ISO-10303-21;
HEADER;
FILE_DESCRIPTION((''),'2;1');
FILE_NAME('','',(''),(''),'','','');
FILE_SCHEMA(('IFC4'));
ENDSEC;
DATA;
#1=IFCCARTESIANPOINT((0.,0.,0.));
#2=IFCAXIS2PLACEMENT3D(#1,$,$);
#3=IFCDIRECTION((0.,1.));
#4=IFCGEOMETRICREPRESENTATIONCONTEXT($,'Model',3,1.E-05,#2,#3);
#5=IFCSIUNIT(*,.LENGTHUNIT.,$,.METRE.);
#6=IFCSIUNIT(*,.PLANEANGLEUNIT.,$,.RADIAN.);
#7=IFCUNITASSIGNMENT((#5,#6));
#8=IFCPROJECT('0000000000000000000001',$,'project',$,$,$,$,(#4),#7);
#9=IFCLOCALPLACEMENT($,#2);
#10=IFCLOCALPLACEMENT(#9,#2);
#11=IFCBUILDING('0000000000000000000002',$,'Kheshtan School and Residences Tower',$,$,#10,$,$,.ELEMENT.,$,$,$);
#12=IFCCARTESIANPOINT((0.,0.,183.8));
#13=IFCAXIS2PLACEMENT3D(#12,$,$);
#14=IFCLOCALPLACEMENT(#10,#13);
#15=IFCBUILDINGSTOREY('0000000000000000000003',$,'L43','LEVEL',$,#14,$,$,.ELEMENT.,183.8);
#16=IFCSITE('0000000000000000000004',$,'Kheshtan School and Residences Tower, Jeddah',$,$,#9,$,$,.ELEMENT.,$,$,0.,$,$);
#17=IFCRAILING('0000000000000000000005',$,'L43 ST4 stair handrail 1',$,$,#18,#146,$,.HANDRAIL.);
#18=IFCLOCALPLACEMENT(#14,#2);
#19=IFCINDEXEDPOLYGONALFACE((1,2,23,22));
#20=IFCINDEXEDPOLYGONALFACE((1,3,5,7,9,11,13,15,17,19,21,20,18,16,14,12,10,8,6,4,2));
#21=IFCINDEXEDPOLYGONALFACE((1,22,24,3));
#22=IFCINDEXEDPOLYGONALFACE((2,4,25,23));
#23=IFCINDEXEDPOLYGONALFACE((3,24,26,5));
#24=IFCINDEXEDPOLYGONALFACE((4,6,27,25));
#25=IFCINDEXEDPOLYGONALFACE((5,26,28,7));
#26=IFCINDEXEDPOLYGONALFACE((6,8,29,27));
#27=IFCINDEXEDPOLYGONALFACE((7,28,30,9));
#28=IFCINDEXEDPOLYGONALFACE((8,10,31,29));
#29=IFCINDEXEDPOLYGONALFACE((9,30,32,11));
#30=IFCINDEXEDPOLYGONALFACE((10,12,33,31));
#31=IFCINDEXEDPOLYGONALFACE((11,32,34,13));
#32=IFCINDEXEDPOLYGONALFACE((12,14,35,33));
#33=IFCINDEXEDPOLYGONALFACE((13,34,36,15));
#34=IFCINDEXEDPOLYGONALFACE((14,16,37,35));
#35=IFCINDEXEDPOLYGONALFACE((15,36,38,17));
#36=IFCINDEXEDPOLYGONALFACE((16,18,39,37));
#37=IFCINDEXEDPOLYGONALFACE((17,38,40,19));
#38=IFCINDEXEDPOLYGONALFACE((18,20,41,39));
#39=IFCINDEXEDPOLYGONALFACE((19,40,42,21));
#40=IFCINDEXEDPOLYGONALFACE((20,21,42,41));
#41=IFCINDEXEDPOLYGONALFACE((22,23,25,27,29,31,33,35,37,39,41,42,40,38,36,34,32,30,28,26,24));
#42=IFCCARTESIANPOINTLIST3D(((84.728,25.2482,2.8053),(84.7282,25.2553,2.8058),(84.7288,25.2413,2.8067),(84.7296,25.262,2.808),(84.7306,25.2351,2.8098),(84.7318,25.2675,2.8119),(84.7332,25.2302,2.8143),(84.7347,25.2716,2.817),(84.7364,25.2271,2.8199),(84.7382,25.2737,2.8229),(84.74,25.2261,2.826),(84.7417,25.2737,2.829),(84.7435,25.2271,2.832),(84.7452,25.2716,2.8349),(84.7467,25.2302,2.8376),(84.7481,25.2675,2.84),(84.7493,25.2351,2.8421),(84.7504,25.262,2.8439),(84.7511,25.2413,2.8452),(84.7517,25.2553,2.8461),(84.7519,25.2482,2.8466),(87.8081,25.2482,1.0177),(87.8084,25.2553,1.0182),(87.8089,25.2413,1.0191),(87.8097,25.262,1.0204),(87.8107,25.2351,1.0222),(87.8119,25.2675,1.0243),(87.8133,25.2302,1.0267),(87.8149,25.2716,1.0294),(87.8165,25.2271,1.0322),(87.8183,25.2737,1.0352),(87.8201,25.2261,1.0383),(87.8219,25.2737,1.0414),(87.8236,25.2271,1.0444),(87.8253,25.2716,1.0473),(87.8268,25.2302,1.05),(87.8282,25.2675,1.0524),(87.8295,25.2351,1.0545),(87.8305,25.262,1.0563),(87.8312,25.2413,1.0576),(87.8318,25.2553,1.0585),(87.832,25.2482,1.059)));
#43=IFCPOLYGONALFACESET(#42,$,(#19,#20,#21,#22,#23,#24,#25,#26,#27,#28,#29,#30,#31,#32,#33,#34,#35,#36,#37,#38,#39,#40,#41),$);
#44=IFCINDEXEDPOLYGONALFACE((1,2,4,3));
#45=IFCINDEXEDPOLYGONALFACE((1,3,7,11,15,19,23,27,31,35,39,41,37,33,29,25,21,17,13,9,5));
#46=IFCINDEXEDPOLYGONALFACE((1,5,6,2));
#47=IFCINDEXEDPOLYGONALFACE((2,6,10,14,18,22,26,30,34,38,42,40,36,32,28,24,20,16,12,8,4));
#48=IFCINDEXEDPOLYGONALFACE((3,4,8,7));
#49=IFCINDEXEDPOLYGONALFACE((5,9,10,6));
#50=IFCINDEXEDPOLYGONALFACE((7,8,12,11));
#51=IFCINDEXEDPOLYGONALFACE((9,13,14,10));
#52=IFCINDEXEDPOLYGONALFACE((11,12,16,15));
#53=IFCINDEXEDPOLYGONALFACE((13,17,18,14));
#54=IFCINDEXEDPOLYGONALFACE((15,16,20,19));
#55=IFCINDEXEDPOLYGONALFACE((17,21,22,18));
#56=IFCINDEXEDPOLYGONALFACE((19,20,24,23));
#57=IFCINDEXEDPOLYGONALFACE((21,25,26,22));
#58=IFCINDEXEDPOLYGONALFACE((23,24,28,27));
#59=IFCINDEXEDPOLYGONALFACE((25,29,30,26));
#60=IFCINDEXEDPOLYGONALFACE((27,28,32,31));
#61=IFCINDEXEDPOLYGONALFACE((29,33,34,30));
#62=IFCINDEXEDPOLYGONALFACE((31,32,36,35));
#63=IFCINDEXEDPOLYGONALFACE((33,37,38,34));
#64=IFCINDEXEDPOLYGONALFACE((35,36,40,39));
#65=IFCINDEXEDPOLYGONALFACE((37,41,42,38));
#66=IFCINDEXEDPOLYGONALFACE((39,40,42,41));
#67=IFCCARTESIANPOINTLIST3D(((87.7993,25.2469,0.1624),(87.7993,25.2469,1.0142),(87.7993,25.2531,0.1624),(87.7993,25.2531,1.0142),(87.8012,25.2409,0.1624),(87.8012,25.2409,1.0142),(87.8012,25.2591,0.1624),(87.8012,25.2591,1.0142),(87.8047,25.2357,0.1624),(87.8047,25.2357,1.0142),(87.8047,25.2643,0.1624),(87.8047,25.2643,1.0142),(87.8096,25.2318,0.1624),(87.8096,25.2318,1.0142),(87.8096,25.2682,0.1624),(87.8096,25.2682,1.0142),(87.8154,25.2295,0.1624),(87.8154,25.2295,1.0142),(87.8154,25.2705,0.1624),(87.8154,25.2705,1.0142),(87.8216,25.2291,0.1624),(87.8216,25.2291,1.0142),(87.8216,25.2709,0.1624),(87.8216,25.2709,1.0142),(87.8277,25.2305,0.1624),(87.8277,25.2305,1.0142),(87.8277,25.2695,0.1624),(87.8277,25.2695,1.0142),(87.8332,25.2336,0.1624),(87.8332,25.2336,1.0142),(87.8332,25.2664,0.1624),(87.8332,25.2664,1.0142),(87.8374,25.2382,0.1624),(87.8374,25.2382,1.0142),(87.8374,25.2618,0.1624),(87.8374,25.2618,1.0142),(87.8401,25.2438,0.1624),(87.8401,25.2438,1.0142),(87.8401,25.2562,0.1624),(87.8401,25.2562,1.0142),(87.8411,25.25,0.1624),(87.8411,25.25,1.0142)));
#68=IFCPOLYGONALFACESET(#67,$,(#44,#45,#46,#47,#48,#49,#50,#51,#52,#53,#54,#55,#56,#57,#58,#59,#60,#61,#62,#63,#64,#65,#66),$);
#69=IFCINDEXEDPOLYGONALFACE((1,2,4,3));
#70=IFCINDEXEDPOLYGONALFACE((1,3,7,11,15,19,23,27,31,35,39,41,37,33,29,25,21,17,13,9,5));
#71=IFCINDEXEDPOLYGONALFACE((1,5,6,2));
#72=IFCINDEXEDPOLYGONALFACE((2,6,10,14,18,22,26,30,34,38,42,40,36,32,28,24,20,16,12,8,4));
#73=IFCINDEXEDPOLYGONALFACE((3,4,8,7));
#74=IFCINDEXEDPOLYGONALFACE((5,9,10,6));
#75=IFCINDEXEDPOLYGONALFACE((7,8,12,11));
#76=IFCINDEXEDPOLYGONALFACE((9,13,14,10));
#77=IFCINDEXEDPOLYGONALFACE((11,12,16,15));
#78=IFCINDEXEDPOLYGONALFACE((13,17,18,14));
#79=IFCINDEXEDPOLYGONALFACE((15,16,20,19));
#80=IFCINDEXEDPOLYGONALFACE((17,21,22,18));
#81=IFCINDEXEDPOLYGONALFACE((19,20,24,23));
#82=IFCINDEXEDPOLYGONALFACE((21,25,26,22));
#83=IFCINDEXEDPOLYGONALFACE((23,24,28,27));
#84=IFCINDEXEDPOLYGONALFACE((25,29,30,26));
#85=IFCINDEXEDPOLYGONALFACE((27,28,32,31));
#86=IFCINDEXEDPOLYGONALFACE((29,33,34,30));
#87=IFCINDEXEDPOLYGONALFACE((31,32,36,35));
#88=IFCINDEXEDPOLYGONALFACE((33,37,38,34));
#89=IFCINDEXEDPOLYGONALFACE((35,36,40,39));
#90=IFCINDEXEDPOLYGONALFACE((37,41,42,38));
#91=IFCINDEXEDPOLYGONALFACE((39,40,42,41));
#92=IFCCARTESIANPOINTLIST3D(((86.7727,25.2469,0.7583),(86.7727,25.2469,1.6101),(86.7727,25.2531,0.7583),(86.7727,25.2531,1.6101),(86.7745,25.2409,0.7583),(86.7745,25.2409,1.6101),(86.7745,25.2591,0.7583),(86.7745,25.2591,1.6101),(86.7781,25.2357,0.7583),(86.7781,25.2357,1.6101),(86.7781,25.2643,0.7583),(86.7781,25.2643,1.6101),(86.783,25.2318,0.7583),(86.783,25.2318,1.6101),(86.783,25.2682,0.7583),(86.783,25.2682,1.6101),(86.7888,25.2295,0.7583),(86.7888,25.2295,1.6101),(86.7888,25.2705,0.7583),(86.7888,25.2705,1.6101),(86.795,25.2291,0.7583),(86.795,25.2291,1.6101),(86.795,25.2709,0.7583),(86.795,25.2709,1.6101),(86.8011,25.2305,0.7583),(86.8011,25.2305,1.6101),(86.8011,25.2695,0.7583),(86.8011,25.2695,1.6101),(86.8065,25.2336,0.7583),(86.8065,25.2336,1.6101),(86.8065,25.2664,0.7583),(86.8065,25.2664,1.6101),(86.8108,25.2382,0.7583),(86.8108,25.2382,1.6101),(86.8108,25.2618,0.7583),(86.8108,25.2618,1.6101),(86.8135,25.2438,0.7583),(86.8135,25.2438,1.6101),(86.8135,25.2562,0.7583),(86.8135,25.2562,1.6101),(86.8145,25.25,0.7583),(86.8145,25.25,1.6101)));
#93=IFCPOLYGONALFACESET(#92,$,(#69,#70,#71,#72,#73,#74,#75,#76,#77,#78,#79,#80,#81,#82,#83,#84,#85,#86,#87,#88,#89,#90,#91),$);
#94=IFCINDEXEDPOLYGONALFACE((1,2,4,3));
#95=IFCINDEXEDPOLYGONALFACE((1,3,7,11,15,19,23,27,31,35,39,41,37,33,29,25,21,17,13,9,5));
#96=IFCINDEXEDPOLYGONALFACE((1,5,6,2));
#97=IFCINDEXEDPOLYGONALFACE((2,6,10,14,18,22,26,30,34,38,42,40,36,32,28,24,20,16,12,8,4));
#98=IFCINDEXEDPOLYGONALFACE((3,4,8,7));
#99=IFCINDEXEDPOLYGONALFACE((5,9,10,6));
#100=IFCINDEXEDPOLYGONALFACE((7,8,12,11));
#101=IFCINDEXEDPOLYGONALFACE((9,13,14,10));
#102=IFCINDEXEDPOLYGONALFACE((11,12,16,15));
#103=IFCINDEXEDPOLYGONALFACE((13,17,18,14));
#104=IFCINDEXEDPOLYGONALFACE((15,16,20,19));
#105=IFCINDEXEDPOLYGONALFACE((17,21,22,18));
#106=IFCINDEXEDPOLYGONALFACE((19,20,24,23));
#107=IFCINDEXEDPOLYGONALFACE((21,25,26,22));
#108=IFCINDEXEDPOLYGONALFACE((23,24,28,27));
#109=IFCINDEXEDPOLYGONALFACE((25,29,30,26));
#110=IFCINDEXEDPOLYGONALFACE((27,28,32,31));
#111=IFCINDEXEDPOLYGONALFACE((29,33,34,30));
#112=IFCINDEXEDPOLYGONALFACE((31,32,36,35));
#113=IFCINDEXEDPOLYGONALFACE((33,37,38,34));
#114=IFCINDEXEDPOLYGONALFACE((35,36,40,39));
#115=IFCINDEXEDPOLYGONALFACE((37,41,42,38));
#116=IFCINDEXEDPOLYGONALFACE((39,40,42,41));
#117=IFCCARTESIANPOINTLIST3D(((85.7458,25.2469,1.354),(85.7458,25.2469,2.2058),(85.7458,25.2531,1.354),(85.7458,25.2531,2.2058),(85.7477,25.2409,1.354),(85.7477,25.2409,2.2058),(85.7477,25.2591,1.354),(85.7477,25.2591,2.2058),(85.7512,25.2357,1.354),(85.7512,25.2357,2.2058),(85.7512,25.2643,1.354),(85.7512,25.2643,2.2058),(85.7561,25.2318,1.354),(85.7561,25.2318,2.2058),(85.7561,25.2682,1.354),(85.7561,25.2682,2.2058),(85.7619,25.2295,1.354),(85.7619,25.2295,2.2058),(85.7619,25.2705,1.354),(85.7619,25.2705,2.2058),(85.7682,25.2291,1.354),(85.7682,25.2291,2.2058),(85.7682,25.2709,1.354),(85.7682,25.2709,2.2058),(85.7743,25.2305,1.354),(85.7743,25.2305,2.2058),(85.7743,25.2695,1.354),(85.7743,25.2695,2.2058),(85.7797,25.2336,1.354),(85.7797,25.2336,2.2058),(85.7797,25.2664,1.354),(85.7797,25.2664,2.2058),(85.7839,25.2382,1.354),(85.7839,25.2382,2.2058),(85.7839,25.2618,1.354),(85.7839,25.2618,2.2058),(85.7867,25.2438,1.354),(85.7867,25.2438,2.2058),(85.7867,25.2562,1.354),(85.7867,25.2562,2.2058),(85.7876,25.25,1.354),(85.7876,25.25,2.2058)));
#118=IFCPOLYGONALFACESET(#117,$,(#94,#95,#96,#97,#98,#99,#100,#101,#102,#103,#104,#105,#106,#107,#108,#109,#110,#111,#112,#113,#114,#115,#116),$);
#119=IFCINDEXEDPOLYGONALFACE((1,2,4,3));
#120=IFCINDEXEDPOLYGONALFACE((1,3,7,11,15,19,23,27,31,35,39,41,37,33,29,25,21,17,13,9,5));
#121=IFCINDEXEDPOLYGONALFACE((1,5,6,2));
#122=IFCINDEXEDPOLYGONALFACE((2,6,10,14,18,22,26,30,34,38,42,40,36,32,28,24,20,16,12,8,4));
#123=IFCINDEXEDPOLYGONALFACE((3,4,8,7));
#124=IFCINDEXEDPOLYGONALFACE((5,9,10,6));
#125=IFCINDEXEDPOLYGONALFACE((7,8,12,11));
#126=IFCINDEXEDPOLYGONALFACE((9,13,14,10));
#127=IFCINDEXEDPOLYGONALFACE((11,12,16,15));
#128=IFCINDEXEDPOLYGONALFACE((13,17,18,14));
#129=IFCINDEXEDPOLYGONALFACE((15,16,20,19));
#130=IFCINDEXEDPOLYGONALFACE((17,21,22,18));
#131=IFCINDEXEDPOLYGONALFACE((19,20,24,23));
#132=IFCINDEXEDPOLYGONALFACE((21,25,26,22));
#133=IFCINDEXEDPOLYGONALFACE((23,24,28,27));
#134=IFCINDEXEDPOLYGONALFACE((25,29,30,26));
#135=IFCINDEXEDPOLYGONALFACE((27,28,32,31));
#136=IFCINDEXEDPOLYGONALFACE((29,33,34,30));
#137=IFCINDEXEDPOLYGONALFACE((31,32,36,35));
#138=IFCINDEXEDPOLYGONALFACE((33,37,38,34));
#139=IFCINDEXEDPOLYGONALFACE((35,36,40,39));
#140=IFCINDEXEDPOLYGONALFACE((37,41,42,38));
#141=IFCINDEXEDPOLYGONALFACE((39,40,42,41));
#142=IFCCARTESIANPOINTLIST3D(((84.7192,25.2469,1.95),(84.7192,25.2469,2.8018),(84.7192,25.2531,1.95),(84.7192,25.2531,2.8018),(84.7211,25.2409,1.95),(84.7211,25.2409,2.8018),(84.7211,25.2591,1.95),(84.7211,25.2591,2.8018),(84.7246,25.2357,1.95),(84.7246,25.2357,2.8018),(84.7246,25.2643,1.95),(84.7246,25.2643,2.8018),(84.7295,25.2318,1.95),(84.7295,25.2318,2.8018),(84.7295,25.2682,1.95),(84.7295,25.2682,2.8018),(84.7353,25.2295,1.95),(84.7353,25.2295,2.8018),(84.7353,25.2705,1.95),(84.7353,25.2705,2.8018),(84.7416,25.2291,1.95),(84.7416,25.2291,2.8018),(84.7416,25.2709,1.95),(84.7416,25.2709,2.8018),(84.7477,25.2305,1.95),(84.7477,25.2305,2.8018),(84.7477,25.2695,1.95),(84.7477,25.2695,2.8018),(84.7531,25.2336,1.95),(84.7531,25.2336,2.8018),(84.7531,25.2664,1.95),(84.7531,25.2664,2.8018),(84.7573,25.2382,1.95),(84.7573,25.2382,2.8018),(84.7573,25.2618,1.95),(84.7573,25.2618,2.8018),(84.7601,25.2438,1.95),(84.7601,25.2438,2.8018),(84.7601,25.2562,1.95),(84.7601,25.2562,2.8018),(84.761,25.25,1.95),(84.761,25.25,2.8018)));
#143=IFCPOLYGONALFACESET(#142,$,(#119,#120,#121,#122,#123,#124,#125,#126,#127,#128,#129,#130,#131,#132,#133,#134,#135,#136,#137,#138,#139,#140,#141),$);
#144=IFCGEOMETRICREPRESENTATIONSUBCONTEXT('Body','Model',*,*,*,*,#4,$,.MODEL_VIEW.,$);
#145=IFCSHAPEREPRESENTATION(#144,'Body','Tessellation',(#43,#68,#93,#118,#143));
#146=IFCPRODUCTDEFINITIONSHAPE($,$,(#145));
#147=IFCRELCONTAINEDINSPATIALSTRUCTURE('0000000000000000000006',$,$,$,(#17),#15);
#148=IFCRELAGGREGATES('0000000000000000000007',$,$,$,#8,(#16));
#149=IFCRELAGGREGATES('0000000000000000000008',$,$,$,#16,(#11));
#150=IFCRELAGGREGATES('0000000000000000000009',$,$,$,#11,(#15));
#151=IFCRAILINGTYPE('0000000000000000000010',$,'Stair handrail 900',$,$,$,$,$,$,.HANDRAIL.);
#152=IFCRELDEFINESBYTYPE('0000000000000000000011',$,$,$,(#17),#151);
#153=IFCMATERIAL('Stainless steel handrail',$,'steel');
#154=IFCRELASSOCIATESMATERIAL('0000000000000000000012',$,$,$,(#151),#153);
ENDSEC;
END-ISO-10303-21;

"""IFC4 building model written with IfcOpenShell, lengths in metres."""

from ifc_helpers import new_model, si_unit, direction, frame, origin, origin_2d, place, context, subcontext, project, spatial, circle, extrude, material, type_object, element, save


model = new_model("IFC4")

# Units and contexts
model_context = context("Model", 3, precision=1e-05, world=origin(), true_north=direction((0.0, 1.0)))
body_context = subcontext(model_context, "Body", "Model", "MODEL_VIEW")
ifc_project = project(units=[si_unit("LENGTHUNIT", "METRE"), si_unit("PLANEANGLEUNIT", "RADIAN")], contexts=[model_context])

# Site, building, storey
site_placement = place(None, origin())
site = spatial("IfcSite", under=ifc_project, at=site_placement, Name="Kheshtan School and Residences Tower, Jeddah", CompositionType="ELEMENT", RefElevation=0.0)
building_placement = place(site_placement, origin())
building = spatial("IfcBuilding", under=site, at=building_placement, Name="Kheshtan School and Residences Tower", CompositionType="ELEMENT")
storey_placement = place(building_placement, frame((0.0, 0.0, 183.8)))
storey = spatial("IfcBuildingStorey", under=building, at=storey_placement, Name="L43", Description="LEVEL", CompositionType="ELEMENT", Elevation=183.8)

# Railing
ifc_material_1 = material(Name="Stainless steel handrail", Category="steel")
railing_type_1 = type_object("IfcRailingType", Name="Stair handrail 900", PredefinedType="HANDRAIL", material=ifc_material_1)
railing_1_placement = place(storey_placement, frame((87.8201, 25.25, 0.1624)))
element("IfcRailing", 1, at=railing_1_placement, inside=storey, type_object=railing_type_1, Name="L43 ST4 stair handrail 1", PredefinedType="HANDRAIL", context=body_context, shape_type="SweptSolid", body=[
    extrude(circle(Radius=0.0239, at=origin_2d()), frame((0.0, 0.0, 0.876), z_axis=(-0.864891, 0.0, 0.50196), x_axis=(0.0, -1.0, 0.0)), (0.0, 0.0, 1.0), 3.5613),
    extrude(circle(Radius=0.021, at=origin_2d()), origin(), (0.0, 0.0, 1.0), 0.8518),
    extrude(circle(Radius=0.021, at=origin_2d()), frame((-1.0266, 0.0, 0.5959)), (0.0, 0.0, 1.0), 0.8518),
    extrude(circle(Radius=0.021, at=origin_2d()), frame((-2.0535, 0.0, 1.1917)), (0.0, 0.0, 1.0), 0.8518),
    extrude(circle(Radius=0.021, at=origin_2d()), frame((-3.0801, 0.0, 1.7876)), (0.0, 0.0, 1.0), 0.8518),
])

save(model, "model.ifc")
